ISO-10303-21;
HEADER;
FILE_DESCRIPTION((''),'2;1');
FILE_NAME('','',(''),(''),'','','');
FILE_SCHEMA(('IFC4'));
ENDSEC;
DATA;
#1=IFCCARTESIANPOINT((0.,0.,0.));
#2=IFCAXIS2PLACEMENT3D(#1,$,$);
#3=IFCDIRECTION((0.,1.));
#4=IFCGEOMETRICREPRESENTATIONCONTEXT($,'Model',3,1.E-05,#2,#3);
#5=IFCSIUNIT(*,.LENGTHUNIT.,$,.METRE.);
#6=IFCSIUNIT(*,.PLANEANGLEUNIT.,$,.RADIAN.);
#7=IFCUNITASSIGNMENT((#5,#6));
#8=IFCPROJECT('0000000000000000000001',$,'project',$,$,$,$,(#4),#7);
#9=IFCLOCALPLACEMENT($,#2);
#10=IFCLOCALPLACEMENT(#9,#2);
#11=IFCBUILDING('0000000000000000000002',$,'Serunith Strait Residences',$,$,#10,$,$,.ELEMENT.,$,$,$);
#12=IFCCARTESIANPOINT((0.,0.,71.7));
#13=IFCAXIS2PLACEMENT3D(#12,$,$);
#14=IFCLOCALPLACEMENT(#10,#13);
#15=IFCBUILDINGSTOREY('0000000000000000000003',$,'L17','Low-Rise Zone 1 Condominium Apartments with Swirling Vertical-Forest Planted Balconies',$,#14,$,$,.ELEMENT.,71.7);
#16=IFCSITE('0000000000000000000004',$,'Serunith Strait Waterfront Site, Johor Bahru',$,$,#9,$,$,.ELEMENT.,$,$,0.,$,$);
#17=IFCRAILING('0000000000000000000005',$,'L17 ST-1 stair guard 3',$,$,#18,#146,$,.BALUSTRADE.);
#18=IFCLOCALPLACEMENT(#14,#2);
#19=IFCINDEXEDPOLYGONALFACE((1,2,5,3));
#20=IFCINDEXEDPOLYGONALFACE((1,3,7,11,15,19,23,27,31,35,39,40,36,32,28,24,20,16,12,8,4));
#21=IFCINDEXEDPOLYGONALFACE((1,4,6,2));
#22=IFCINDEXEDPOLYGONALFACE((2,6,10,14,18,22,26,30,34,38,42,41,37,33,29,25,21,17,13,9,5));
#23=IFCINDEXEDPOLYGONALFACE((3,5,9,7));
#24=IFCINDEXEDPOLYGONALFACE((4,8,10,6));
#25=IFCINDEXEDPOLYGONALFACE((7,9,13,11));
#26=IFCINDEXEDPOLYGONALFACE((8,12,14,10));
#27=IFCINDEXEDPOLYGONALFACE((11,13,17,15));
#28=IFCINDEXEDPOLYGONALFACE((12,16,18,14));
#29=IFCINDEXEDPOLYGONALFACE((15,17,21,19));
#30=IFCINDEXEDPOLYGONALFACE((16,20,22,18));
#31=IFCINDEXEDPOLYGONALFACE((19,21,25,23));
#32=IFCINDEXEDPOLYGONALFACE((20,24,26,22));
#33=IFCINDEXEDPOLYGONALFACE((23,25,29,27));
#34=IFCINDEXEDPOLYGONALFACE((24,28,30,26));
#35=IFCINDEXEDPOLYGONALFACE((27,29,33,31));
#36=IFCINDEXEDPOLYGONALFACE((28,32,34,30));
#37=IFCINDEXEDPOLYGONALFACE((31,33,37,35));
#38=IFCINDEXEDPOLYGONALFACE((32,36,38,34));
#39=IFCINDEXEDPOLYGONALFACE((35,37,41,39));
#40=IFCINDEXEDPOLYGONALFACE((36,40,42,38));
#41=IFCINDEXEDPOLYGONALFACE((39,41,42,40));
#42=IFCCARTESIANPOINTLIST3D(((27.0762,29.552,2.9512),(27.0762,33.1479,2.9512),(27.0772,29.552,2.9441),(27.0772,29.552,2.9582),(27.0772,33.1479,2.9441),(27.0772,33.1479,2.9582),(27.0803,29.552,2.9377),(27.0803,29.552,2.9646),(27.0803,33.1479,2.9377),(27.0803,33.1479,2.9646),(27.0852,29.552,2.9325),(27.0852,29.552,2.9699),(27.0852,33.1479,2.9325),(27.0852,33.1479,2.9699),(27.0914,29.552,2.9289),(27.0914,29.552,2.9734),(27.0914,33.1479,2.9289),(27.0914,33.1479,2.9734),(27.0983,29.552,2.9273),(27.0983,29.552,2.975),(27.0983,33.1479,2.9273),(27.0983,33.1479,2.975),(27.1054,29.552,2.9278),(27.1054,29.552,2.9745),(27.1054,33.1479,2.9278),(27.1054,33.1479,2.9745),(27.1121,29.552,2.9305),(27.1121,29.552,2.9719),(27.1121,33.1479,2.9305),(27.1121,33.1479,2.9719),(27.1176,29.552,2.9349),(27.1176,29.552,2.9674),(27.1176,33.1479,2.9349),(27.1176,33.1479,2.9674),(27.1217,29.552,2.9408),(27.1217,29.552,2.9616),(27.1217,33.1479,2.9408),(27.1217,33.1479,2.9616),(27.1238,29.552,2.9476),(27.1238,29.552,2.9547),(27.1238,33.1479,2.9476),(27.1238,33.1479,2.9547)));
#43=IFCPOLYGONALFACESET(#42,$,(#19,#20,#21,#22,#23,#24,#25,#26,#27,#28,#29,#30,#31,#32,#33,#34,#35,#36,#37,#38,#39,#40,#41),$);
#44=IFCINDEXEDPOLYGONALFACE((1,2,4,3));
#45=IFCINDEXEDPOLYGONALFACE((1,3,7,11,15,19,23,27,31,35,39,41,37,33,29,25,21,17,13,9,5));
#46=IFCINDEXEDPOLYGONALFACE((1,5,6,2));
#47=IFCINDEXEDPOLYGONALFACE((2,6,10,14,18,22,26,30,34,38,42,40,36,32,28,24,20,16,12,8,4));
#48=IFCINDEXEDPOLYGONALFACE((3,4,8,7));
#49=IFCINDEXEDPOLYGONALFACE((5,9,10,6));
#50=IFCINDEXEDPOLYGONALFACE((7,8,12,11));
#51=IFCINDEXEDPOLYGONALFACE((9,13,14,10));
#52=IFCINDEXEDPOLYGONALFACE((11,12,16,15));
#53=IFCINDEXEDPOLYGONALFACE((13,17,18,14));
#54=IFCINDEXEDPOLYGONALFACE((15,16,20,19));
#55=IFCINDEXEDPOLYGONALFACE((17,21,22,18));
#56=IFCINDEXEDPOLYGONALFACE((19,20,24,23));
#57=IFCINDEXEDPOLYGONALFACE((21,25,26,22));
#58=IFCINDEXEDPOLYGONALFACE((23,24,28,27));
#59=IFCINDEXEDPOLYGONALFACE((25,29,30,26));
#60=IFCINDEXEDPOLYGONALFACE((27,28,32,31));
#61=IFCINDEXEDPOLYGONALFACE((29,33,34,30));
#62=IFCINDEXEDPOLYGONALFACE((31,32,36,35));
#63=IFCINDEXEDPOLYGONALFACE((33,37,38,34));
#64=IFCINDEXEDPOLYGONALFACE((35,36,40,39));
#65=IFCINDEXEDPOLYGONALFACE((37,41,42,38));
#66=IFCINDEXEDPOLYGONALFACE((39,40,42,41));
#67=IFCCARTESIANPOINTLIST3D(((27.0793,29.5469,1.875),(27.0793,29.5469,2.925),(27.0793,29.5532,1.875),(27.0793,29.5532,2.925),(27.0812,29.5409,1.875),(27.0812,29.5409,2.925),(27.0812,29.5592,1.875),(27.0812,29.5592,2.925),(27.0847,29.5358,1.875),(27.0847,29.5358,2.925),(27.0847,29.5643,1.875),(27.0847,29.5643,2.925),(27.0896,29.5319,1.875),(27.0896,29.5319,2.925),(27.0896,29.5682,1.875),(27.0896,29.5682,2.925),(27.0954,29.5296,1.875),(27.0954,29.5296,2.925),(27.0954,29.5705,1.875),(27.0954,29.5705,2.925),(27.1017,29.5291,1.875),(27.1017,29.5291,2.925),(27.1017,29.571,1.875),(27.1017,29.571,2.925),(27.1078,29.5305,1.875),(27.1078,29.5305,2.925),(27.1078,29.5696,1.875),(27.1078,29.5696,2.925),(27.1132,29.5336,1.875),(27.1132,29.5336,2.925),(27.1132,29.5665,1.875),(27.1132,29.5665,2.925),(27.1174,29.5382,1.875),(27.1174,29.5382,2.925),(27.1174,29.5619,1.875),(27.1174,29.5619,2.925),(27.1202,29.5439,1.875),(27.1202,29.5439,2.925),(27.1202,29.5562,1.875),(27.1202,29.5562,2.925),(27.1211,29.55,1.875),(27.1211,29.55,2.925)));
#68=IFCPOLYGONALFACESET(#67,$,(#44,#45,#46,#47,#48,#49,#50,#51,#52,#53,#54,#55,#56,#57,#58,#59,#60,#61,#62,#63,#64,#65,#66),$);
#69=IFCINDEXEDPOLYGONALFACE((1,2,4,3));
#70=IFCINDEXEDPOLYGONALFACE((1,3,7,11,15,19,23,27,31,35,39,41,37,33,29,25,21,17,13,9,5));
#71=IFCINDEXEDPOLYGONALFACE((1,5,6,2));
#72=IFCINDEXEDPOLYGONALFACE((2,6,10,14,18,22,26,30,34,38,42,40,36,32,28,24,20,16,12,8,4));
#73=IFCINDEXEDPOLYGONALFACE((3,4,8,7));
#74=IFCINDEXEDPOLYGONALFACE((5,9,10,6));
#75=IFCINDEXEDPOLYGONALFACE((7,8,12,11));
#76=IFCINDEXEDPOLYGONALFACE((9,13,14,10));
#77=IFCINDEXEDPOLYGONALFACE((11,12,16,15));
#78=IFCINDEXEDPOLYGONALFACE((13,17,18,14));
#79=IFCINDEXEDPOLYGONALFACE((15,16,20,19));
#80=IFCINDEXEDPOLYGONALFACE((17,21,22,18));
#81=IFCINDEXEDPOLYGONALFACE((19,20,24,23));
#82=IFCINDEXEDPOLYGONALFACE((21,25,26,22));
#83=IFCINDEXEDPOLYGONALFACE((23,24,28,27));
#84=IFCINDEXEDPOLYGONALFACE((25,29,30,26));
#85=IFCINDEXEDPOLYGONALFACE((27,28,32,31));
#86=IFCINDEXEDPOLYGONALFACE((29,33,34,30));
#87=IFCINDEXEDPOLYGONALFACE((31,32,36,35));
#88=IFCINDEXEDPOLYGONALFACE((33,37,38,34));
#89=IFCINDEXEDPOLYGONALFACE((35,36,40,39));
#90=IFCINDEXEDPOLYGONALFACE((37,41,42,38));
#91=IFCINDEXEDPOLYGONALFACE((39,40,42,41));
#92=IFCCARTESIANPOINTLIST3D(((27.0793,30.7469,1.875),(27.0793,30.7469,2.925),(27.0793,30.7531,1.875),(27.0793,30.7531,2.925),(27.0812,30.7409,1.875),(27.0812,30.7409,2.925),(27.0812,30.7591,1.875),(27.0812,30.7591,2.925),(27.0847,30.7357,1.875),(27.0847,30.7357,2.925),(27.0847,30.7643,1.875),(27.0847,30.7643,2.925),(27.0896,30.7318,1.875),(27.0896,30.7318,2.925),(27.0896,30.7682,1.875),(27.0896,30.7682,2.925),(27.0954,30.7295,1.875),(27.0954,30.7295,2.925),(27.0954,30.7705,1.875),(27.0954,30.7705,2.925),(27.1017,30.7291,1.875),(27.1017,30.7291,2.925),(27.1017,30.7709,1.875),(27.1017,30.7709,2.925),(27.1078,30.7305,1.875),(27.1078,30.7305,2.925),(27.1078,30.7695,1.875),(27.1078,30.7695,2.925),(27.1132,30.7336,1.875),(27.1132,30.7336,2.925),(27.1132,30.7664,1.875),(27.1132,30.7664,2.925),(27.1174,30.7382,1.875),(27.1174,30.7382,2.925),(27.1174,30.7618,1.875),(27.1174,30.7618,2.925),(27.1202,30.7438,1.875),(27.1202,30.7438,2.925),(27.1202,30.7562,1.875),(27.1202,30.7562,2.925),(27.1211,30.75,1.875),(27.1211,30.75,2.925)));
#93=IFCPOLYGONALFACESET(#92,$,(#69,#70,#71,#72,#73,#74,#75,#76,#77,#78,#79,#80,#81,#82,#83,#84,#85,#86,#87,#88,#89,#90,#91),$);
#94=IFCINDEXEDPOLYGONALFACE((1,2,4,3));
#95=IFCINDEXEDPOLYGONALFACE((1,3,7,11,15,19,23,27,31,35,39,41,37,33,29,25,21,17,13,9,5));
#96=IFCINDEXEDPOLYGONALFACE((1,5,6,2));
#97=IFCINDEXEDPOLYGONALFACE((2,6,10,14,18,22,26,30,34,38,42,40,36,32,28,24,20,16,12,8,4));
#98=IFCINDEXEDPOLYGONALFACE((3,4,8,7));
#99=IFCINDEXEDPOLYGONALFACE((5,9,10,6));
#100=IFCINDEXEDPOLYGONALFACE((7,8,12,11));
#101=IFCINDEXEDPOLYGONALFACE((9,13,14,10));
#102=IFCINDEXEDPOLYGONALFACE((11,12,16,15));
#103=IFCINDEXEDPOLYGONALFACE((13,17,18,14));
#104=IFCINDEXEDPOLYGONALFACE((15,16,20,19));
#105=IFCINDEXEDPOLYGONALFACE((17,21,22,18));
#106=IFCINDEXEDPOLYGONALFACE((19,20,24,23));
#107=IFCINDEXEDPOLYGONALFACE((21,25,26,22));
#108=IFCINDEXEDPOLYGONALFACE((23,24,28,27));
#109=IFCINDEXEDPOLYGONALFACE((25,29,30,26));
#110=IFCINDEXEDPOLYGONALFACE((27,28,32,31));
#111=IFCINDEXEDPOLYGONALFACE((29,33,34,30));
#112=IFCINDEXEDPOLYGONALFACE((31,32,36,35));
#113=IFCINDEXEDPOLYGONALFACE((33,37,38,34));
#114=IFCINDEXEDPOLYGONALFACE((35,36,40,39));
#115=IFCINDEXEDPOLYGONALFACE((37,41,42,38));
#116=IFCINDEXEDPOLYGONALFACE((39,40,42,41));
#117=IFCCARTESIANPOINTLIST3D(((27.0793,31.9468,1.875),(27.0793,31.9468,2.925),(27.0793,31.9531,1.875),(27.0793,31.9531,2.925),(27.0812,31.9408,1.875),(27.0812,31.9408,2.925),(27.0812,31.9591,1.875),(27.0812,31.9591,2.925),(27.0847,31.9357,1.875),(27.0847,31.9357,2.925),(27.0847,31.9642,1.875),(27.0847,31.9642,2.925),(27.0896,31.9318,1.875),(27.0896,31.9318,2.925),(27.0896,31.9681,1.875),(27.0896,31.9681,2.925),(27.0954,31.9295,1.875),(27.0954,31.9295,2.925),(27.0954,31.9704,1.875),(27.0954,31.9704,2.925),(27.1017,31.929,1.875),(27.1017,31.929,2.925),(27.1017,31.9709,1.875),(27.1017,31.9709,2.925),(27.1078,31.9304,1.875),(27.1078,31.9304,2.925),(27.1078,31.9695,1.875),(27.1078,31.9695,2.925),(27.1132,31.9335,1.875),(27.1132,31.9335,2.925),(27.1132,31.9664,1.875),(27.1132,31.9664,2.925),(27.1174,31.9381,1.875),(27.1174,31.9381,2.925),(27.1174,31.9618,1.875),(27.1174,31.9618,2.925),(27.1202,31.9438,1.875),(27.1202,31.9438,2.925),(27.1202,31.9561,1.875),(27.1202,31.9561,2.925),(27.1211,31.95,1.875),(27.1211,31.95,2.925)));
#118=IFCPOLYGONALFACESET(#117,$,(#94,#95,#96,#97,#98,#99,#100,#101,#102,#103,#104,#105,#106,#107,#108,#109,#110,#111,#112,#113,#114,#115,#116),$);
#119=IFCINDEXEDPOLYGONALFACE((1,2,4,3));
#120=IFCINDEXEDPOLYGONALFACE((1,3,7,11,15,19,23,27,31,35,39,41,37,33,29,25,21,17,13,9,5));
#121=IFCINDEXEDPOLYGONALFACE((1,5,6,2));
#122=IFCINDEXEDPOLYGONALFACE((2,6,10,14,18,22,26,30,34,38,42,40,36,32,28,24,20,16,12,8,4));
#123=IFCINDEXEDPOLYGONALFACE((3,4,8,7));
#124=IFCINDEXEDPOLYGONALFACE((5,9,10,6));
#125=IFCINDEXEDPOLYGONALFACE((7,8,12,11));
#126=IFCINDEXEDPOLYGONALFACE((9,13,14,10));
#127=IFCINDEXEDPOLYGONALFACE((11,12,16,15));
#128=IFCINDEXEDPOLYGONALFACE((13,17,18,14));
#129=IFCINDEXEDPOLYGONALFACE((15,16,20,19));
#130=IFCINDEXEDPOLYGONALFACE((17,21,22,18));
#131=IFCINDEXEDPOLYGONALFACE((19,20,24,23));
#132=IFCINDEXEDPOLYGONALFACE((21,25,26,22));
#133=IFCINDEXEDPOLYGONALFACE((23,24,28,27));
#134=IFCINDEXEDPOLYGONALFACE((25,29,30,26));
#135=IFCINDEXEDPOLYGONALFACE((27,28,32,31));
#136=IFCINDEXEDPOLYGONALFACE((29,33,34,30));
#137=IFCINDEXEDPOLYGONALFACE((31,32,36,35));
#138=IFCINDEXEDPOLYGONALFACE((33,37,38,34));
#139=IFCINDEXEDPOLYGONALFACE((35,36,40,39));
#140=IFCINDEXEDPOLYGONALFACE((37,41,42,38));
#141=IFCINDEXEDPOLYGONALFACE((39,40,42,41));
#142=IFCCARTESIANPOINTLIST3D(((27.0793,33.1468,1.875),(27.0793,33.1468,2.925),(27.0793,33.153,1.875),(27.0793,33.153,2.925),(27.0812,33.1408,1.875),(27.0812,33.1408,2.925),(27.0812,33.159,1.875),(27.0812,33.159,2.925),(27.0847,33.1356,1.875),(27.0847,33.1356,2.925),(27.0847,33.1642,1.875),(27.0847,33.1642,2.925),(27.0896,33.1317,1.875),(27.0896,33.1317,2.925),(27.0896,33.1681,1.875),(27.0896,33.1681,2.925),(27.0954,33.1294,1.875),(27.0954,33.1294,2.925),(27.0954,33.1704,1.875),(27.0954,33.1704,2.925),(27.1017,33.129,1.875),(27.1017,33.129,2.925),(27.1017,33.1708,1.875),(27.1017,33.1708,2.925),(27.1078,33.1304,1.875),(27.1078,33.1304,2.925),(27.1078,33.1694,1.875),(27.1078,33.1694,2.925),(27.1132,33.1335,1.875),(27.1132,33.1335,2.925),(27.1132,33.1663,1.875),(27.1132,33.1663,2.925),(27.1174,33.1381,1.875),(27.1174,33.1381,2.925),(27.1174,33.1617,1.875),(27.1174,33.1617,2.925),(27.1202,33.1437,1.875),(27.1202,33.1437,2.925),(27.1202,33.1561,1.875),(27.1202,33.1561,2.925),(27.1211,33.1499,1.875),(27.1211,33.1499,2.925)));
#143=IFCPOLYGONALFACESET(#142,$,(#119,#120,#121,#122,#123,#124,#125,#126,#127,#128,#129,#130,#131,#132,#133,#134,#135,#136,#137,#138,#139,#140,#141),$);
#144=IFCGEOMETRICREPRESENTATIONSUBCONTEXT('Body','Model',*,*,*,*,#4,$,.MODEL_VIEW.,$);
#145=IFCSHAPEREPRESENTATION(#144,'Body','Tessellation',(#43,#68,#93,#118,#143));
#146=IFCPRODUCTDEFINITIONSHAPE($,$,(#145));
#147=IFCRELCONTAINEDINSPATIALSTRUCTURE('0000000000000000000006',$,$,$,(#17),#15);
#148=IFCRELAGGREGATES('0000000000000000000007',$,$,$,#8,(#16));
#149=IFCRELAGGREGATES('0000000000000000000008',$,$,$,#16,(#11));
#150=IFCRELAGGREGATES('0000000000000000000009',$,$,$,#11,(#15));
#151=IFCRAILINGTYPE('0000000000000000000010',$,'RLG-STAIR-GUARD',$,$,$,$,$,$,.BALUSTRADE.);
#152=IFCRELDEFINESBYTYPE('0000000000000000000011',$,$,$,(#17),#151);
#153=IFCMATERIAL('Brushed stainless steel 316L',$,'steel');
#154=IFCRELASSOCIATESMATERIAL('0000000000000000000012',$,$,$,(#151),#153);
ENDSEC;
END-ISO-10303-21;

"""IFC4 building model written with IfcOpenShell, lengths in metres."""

from ifc_helpers import new_model, si_unit, direction, frame, origin, origin_2d, place, context, subcontext, project, spatial, circle, extrude, material, type_object, element, save


model = new_model("IFC4")

# Units and contexts
model_context = context("Model", 3, precision=1e-05, world=origin(), true_north=direction((0.0, 1.0)))
body_context = subcontext(model_context, "Body", "Model", "MODEL_VIEW")
ifc_project = project(units=[si_unit("LENGTHUNIT", "METRE"), si_unit("PLANEANGLEUNIT", "RADIAN")], contexts=[model_context])

# Site, building, storey
site_placement = place(None, origin())
site = spatial("IfcSite", under=ifc_project, at=site_placement, Name="Serunith Strait Waterfront Site, Johor Bahru", CompositionType="ELEMENT", RefElevation=0.0)
building_placement = place(site_placement, origin())
building = spatial("IfcBuilding", under=site, at=building_placement, Name="Serunith Strait Residences", CompositionType="ELEMENT")
storey_placement = place(building_placement, frame((0.0, 0.0, 71.7)))
storey = spatial("IfcBuildingStorey", under=building, at=storey_placement, Name="L17", Description="Low-Rise Zone 1 Condominium Apartments with Swirling Vertical-Forest Planted Balconies", CompositionType="ELEMENT", Elevation=71.7)

# Railing
ifc_material_1 = material(Name="Brushed stainless steel 316L", Category="steel")
railing_type_1 = type_object("IfcRailingType", Name="RLG-STAIR-GUARD", PredefinedType="BALUSTRADE", material=ifc_material_1)
for number, where, name in (
    (1, (27.1001, 29.55, 1.875), "L17 ST-1 stair guard 3"),
):
    element("IfcRailing", number, at=place(storey_placement, frame(where)), inside=storey, type_object=railing_type_1, Name=name, PredefinedType="BALUSTRADE", context=body_context, shape_type="SweptSolid", body=[
        extrude(circle(Radius=0.0239, at=origin_2d()), frame((0.0, 0.002, 1.0762), z_axis=(0.0, 1.0, 0.0), x_axis=(-1.0, 0.0, 0.0)), (0.0, 0.0, 1.0), 3.5959),
        extrude(circle(Radius=0.021, at=origin_2d()), origin(), (0.0, 0.0, 1.0), 1.05),
        extrude(circle(Radius=0.021, at=origin_2d()), frame((0.0, 1.2, 0.0)), (0.0, 0.0, 1.0), 1.05),
        extrude(circle(Radius=0.021, at=origin_2d()), frame((0.0, 2.3999, 0.0)), (0.0, 0.0, 1.0), 1.05),
        extrude(circle(Radius=0.021, at=origin_2d()), frame((0.0, 3.5999, 0.0)), (0.0, 0.0, 1.0), 1.05),
    ])

save(model, "model.ifc")
